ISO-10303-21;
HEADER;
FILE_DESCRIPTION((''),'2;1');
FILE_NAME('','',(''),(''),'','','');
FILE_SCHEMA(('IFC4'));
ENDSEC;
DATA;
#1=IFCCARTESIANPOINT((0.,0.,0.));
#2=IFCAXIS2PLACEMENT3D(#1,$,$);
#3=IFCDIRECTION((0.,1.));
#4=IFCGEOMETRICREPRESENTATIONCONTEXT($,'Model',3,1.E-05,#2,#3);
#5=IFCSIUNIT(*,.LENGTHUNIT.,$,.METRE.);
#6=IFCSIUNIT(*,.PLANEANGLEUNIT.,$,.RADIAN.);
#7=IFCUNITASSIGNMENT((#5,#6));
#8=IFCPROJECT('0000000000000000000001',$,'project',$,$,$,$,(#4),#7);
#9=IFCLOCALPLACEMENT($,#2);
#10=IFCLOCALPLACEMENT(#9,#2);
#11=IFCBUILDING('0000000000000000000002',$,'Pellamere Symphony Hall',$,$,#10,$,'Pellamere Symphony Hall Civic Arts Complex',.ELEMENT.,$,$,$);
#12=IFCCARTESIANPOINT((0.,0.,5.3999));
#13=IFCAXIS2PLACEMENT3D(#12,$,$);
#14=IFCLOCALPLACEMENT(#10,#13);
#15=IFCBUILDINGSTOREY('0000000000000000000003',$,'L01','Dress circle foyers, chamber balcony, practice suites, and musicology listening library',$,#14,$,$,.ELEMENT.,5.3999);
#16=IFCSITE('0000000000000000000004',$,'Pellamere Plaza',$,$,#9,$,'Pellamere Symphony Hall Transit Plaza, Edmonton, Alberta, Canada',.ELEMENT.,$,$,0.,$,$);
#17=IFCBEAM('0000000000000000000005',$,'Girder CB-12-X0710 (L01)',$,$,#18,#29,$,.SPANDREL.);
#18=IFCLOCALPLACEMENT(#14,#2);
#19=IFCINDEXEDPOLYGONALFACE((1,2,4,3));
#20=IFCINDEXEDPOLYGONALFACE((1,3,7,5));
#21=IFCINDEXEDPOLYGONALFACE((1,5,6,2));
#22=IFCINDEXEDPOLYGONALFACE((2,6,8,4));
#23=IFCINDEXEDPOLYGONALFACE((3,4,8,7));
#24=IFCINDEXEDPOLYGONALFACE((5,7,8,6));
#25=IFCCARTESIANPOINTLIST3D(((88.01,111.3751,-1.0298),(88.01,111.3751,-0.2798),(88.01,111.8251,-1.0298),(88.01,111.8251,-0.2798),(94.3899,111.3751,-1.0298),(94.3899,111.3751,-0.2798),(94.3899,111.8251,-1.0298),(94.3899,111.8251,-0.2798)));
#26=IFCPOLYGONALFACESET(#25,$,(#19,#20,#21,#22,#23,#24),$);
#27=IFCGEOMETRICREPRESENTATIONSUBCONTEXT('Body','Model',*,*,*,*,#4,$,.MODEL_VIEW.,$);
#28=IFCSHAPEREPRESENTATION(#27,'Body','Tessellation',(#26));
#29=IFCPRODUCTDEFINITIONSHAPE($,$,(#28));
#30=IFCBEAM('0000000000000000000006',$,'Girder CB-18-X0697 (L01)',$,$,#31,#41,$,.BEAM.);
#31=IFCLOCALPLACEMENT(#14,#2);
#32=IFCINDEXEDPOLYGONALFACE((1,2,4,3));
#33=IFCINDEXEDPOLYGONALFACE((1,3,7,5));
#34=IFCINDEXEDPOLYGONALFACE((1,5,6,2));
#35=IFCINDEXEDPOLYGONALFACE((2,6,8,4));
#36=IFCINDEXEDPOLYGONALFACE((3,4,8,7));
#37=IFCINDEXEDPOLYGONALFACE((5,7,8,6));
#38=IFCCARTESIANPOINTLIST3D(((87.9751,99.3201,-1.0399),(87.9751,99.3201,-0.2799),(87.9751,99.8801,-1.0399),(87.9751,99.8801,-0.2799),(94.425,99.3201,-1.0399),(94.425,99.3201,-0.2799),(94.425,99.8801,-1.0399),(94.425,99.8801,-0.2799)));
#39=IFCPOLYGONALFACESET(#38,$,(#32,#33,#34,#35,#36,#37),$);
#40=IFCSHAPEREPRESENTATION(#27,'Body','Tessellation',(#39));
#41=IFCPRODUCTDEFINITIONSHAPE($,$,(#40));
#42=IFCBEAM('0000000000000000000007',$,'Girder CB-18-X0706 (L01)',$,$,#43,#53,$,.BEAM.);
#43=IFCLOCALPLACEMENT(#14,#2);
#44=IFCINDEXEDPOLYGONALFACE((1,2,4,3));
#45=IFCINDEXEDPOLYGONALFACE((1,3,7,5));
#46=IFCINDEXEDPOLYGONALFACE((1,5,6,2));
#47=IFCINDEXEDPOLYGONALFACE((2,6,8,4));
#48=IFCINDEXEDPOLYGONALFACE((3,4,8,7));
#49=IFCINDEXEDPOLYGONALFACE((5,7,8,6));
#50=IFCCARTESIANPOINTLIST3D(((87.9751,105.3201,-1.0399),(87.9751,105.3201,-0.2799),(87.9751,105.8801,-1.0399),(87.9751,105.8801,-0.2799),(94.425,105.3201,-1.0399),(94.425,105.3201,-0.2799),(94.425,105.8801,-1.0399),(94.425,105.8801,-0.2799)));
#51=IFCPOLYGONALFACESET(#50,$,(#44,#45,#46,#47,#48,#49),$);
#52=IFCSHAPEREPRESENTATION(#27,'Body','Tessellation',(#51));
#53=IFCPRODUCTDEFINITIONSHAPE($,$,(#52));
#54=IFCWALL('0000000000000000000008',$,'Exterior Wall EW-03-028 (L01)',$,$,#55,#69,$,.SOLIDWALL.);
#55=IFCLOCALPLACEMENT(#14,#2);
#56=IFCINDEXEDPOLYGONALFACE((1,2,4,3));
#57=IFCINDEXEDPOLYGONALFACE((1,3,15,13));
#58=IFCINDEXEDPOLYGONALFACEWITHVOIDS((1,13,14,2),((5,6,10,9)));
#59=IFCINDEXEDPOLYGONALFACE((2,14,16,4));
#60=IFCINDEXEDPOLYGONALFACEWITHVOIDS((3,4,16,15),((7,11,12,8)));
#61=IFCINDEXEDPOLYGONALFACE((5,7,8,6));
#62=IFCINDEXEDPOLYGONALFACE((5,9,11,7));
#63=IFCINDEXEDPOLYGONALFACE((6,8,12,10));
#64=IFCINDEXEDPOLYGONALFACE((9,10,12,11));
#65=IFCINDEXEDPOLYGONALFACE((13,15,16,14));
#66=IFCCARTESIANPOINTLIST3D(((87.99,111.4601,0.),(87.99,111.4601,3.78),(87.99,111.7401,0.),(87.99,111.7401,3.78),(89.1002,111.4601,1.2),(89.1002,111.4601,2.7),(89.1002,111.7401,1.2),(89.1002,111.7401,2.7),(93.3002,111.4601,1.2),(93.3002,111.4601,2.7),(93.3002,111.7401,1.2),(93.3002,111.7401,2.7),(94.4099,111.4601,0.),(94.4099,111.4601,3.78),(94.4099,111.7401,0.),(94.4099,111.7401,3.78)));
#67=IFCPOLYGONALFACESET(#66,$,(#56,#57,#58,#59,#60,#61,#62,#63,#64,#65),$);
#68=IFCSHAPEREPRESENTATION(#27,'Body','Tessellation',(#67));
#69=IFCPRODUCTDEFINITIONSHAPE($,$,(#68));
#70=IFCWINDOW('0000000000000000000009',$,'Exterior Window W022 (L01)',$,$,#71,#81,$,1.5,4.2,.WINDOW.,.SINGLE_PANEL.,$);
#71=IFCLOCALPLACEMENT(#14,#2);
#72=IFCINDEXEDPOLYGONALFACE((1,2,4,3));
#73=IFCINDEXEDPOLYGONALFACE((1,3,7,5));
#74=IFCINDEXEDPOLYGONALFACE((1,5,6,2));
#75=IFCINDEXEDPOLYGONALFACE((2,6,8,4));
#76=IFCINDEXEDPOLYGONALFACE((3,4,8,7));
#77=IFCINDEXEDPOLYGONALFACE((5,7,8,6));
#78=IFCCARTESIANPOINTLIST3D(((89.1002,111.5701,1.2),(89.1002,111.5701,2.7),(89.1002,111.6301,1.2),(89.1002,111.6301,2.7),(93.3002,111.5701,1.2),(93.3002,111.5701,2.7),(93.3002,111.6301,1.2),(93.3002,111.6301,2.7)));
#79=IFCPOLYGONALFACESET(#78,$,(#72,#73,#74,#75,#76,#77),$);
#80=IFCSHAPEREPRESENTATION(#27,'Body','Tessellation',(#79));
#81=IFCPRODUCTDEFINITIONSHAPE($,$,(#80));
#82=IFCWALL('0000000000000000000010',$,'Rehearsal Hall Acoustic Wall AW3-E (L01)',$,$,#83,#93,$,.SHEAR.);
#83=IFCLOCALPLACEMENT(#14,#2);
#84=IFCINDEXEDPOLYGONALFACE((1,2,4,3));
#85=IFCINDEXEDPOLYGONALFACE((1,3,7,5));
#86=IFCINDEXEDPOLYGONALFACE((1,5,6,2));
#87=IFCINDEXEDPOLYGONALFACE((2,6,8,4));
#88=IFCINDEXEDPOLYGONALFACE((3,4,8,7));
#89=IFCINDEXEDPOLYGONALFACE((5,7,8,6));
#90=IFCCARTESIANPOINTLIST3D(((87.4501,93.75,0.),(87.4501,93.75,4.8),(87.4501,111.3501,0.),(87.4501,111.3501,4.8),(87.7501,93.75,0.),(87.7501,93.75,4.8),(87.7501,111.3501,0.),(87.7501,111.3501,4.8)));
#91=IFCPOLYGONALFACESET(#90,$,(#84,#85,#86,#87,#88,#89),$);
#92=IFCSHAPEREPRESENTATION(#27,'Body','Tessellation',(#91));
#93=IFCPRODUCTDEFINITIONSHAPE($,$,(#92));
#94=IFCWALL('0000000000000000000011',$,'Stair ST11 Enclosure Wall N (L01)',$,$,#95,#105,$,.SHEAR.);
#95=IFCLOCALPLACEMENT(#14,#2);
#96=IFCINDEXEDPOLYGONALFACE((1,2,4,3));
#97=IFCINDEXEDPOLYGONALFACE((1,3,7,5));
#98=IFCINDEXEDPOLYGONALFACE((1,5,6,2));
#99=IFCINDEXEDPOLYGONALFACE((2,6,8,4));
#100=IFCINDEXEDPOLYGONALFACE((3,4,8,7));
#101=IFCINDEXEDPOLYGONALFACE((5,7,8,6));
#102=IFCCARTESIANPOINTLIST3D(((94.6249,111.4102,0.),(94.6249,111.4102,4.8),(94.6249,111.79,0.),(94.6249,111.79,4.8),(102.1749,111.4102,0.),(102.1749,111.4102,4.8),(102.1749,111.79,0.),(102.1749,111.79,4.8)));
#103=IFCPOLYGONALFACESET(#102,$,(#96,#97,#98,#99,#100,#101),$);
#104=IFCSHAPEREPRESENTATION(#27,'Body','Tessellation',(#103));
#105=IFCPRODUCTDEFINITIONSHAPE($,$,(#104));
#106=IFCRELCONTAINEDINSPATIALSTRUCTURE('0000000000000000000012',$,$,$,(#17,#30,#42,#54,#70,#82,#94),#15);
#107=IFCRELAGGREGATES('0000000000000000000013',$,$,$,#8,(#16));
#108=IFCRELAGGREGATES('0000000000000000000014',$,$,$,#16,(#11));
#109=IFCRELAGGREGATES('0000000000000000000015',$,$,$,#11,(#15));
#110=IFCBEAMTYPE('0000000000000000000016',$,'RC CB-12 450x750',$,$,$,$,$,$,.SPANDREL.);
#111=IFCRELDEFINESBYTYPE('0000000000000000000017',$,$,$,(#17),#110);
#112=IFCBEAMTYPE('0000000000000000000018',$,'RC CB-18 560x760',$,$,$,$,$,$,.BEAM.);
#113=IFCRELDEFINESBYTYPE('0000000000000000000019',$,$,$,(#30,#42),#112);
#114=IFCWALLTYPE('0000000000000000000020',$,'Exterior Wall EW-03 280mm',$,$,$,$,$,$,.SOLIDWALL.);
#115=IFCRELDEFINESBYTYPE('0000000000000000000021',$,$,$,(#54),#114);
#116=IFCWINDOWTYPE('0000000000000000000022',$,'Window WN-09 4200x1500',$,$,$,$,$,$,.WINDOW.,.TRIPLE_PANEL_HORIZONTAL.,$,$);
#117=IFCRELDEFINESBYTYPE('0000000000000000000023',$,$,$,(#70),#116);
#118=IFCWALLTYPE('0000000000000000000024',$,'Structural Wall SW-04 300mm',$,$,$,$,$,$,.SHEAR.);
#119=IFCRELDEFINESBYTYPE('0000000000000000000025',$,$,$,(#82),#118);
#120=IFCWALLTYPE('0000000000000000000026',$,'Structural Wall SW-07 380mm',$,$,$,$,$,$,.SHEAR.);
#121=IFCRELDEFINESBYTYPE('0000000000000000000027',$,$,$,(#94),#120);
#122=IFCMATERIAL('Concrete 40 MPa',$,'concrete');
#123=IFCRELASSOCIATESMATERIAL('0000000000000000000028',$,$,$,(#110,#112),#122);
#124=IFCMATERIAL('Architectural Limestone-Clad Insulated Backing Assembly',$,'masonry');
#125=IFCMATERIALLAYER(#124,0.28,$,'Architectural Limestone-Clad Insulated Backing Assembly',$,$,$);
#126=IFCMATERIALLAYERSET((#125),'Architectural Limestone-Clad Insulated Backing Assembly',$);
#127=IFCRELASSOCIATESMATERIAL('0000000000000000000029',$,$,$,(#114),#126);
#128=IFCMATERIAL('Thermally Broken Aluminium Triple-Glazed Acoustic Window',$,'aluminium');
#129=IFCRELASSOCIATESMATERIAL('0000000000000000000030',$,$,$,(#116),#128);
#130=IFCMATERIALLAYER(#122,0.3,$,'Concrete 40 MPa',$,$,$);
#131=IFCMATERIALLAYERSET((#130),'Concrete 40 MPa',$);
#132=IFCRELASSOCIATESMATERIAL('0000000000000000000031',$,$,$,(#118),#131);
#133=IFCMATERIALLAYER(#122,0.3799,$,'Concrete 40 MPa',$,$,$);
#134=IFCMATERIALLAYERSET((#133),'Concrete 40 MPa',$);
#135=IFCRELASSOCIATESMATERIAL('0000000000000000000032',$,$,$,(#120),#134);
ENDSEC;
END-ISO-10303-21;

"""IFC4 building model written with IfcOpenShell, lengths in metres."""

from ifc_helpers import new_model, si_unit, direction, frame, frame_2d, origin, origin_2d, place, context, subcontext, project, spatial, rectangle, extrude, material, layer, layer_set, material_profile, profile_set, type_object, element, fill, save


model = new_model("IFC4")

# Units and contexts
model_context = context("Model", 3, precision=1e-05, world=origin(), true_north=direction((0.0, 1.0)))
body_context = subcontext(model_context, "Body", "Model", "MODEL_VIEW")
ifc_project = project(units=[si_unit("LENGTHUNIT", "METRE"), si_unit("PLANEANGLEUNIT", "RADIAN")], contexts=[model_context])

# Site, building, storey
site_placement = place(None, origin())
site = spatial("IfcSite", under=ifc_project, at=site_placement, Name="Pellamere Plaza", LongName="Pellamere Symphony Hall Transit Plaza, Edmonton, Alberta, Canada", CompositionType="ELEMENT", RefElevation=0.0)
building_placement = place(site_placement, origin())
building = spatial("IfcBuilding", under=site, at=building_placement, Name="Pellamere Symphony Hall", LongName="Pellamere Symphony Hall Civic Arts Complex", CompositionType="ELEMENT")
storey_placement = place(building_placement, frame((0.0, 0.0, 5.3999)))
storey = spatial("IfcBuildingStorey", under=building, at=storey_placement, Name="L01", Description="Dress circle foyers, chamber balcony, practice suites, and musicology listening library", CompositionType="ELEMENT", Elevation=5.3999)

# Shared definitions
ifc_material_1 = material(Name="Concrete 40 MPa", Category="concrete")

# Beams
ifc_material_profile_1 = material_profile(ifc_material_1, rectangle(XDim=0.45, YDim=0.75, at=origin_2d()), Name="RC 450x750")
ifc_profile_set_1 = profile_set([ifc_material_profile_1], Name="Concrete 40 MPa")
beam_type_1 = type_object("IfcBeamType", Name="RC CB-12 450x750", PredefinedType="SPANDREL", material=ifc_profile_set_1)
beam_1_placement = place(storey_placement, frame((88.01, 111.6001, -0.6548), z_axis=(1.0, 0.0, 0.0), x_axis=(0.0, 1.0, 0.0)))
element("IfcBeam", 1, at=beam_1_placement, inside=storey, type_object=beam_type_1, Name="Girder CB-12-X0710 (L01)", PredefinedType="SPANDREL", context=body_context, shape_type="SweptSolid", body=[
    extrude(rectangle(XDim=0.45, YDim=0.75, at=origin_2d()), origin(), (0.0, 0.0, 1.0), 6.3799),
])
ifc_material_profile_2 = material_profile(ifc_material_1, rectangle(XDim=0.5601, YDim=0.76, at=origin_2d()), Name="RC 560x760")
ifc_profile_set_2 = profile_set([ifc_material_profile_2], Name="Concrete 40 MPa")
beam_type_2 = type_object("IfcBeamType", Name="RC CB-18 560x760", PredefinedType="BEAM", material=ifc_profile_set_2)
for number, where, z_axis, x_axis, name in (
    (2, (87.9751, 99.6001, -0.6599), (1.0, 0.0, 0.0), (0.0, 1.0, 0.0), "Girder CB-18-X0697 (L01)"),
    (3, (87.9751, 105.6001, -0.6599), (1.0, 0.0, 0.0), (0.0, 1.0, 0.0), "Girder CB-18-X0706 (L01)"),
):
    element("IfcBeam", number, at=place(storey_placement, frame(where, z_axis=z_axis, x_axis=x_axis)), inside=storey, type_object=beam_type_2, Name=name, PredefinedType="BEAM", context=body_context, shape_type="SweptSolid", body=[
        extrude(rectangle(XDim=0.5601, YDim=0.76, at=origin_2d()), origin(), (0.0, 0.0, 1.0), 6.45),
    ])

# Wall, opening, window
ifc_material_2 = material(Name="Architectural Limestone-Clad Insulated Backing Assembly", Category="masonry")
ifc_layer_1 = layer(ifc_material_2, 0.28, Name="Architectural Limestone-Clad Insulated Backing Assembly")
ifc_layer_set_1 = layer_set([ifc_layer_1], Name="Architectural Limestone-Clad Insulated Backing Assembly")
wall_type_1 = type_object("IfcWallType", Name="Exterior Wall EW-03 280mm", PredefinedType="SOLIDWALL", material=ifc_layer_set_1)
wall_1_placement = place(storey_placement, frame((87.99, 111.6001, 0.0), z_axis=(0.0, 0.0, 1.0), x_axis=(1.0, 0.0, 0.0)))
wall_1 = element("IfcWall", 4, at=wall_1_placement, inside=storey, type_object=wall_type_1, Name="Exterior Wall EW-03-028 (L01)", PredefinedType="SOLIDWALL", context=body_context, shape_type="SweptSolid", body=[
    extrude(rectangle(XDim=6.4199, YDim=0.28, at=frame_2d((3.21, 0.0))), origin(), (0.0, 0.0, 1.0), 3.78),
])
opening_placement = place(wall_1_placement, frame((1.1101, 0.0, 1.2)))
opening = element("IfcOpeningElement", 5, at=opening_placement, cuts=wall_1, PredefinedType="OPENING", context=body_context, shape_type="SweptSolid", body=[
    extrude(rectangle(XDim=4.2, YDim=1.5, at=frame_2d((2.1001, 0.75))), frame((0.0, 0.1499, 0.0), z_axis=(0.0, -1.0, 0.0), x_axis=(1.0, 0.0, 0.0)), (0.0, 0.0, 1.0), 0.3),
])
ifc_material_3 = material(Name="Thermally Broken Aluminium Triple-Glazed Acoustic Window", Category="aluminium")
window_type = type_object("IfcWindowType", Name="Window WN-09 4200x1500", PartitioningType="TRIPLE_PANEL_HORIZONTAL", PredefinedType="WINDOW", material=ifc_material_3)
window_placement = place(opening_placement, origin())
window = element("IfcWindow", 6, at=window_placement, inside=storey, type_object=window_type, Name="Exterior Window W022 (L01)", OverallHeight=1.5, OverallWidth=4.2, PartitioningType="SINGLE_PANEL", PredefinedType="WINDOW", context=body_context, shape_type="SweptSolid", body=[
    extrude(rectangle(XDim=4.2, YDim=1.5, at=frame_2d((2.1001, 0.75))), frame((0.0, 0.03, 0.0), z_axis=(0.0, -1.0, 0.0), x_axis=(1.0, 0.0, 0.0)), (0.0, 0.0, 1.0), 0.0601),
])
fill(opening, window)

# Walls
ifc_layer_2 = layer(ifc_material_1, 0.3, Name="Concrete 40 MPa")
ifc_layer_set_2 = layer_set([ifc_layer_2], Name="Concrete 40 MPa")
wall_type_2 = type_object("IfcWallType", Name="Structural Wall SW-04 300mm", PredefinedType="SHEAR", material=ifc_layer_set_2)
wall_2_placement = place(storey_placement, frame((87.6001, 93.75, 0.0), z_axis=(0.0, 0.0, 1.0), x_axis=(0.0, 1.0, 0.0)))
element("IfcWall", 7, at=wall_2_placement, inside=storey, type_object=wall_type_2, Name="Rehearsal Hall Acoustic Wall AW3-E (L01)", PredefinedType="SHEAR", context=body_context, shape_type="SweptSolid", body=[
    extrude(rectangle(XDim=17.6001, YDim=0.3, at=frame_2d((8.8, 0.0))), origin(), (0.0, 0.0, 1.0), 4.8),
])
ifc_layer_3 = layer(ifc_material_1, 0.3799, Name="Concrete 40 MPa")
ifc_layer_set_3 = layer_set([ifc_layer_3], Name="Concrete 40 MPa")
wall_type_3 = type_object("IfcWallType", Name="Structural Wall SW-07 380mm", PredefinedType="SHEAR", material=ifc_layer_set_3)
wall_3_placement = place(storey_placement, frame((94.625, 111.6001, 0.0), z_axis=(0.0, 0.0, 1.0), x_axis=(1.0, 0.0, 0.0)))
element("IfcWall", 8, at=wall_3_placement, inside=storey, type_object=wall_type_3, Name="Stair ST11 Enclosure Wall N (L01)", PredefinedType="SHEAR", context=body_context, shape_type="SweptSolid", body=[
    extrude(rectangle(XDim=7.55, YDim=0.3799, at=frame_2d((3.7749, 0.0))), origin(), (0.0, 0.0, 1.0), 4.8),
])

save(model, "model.ifc")
